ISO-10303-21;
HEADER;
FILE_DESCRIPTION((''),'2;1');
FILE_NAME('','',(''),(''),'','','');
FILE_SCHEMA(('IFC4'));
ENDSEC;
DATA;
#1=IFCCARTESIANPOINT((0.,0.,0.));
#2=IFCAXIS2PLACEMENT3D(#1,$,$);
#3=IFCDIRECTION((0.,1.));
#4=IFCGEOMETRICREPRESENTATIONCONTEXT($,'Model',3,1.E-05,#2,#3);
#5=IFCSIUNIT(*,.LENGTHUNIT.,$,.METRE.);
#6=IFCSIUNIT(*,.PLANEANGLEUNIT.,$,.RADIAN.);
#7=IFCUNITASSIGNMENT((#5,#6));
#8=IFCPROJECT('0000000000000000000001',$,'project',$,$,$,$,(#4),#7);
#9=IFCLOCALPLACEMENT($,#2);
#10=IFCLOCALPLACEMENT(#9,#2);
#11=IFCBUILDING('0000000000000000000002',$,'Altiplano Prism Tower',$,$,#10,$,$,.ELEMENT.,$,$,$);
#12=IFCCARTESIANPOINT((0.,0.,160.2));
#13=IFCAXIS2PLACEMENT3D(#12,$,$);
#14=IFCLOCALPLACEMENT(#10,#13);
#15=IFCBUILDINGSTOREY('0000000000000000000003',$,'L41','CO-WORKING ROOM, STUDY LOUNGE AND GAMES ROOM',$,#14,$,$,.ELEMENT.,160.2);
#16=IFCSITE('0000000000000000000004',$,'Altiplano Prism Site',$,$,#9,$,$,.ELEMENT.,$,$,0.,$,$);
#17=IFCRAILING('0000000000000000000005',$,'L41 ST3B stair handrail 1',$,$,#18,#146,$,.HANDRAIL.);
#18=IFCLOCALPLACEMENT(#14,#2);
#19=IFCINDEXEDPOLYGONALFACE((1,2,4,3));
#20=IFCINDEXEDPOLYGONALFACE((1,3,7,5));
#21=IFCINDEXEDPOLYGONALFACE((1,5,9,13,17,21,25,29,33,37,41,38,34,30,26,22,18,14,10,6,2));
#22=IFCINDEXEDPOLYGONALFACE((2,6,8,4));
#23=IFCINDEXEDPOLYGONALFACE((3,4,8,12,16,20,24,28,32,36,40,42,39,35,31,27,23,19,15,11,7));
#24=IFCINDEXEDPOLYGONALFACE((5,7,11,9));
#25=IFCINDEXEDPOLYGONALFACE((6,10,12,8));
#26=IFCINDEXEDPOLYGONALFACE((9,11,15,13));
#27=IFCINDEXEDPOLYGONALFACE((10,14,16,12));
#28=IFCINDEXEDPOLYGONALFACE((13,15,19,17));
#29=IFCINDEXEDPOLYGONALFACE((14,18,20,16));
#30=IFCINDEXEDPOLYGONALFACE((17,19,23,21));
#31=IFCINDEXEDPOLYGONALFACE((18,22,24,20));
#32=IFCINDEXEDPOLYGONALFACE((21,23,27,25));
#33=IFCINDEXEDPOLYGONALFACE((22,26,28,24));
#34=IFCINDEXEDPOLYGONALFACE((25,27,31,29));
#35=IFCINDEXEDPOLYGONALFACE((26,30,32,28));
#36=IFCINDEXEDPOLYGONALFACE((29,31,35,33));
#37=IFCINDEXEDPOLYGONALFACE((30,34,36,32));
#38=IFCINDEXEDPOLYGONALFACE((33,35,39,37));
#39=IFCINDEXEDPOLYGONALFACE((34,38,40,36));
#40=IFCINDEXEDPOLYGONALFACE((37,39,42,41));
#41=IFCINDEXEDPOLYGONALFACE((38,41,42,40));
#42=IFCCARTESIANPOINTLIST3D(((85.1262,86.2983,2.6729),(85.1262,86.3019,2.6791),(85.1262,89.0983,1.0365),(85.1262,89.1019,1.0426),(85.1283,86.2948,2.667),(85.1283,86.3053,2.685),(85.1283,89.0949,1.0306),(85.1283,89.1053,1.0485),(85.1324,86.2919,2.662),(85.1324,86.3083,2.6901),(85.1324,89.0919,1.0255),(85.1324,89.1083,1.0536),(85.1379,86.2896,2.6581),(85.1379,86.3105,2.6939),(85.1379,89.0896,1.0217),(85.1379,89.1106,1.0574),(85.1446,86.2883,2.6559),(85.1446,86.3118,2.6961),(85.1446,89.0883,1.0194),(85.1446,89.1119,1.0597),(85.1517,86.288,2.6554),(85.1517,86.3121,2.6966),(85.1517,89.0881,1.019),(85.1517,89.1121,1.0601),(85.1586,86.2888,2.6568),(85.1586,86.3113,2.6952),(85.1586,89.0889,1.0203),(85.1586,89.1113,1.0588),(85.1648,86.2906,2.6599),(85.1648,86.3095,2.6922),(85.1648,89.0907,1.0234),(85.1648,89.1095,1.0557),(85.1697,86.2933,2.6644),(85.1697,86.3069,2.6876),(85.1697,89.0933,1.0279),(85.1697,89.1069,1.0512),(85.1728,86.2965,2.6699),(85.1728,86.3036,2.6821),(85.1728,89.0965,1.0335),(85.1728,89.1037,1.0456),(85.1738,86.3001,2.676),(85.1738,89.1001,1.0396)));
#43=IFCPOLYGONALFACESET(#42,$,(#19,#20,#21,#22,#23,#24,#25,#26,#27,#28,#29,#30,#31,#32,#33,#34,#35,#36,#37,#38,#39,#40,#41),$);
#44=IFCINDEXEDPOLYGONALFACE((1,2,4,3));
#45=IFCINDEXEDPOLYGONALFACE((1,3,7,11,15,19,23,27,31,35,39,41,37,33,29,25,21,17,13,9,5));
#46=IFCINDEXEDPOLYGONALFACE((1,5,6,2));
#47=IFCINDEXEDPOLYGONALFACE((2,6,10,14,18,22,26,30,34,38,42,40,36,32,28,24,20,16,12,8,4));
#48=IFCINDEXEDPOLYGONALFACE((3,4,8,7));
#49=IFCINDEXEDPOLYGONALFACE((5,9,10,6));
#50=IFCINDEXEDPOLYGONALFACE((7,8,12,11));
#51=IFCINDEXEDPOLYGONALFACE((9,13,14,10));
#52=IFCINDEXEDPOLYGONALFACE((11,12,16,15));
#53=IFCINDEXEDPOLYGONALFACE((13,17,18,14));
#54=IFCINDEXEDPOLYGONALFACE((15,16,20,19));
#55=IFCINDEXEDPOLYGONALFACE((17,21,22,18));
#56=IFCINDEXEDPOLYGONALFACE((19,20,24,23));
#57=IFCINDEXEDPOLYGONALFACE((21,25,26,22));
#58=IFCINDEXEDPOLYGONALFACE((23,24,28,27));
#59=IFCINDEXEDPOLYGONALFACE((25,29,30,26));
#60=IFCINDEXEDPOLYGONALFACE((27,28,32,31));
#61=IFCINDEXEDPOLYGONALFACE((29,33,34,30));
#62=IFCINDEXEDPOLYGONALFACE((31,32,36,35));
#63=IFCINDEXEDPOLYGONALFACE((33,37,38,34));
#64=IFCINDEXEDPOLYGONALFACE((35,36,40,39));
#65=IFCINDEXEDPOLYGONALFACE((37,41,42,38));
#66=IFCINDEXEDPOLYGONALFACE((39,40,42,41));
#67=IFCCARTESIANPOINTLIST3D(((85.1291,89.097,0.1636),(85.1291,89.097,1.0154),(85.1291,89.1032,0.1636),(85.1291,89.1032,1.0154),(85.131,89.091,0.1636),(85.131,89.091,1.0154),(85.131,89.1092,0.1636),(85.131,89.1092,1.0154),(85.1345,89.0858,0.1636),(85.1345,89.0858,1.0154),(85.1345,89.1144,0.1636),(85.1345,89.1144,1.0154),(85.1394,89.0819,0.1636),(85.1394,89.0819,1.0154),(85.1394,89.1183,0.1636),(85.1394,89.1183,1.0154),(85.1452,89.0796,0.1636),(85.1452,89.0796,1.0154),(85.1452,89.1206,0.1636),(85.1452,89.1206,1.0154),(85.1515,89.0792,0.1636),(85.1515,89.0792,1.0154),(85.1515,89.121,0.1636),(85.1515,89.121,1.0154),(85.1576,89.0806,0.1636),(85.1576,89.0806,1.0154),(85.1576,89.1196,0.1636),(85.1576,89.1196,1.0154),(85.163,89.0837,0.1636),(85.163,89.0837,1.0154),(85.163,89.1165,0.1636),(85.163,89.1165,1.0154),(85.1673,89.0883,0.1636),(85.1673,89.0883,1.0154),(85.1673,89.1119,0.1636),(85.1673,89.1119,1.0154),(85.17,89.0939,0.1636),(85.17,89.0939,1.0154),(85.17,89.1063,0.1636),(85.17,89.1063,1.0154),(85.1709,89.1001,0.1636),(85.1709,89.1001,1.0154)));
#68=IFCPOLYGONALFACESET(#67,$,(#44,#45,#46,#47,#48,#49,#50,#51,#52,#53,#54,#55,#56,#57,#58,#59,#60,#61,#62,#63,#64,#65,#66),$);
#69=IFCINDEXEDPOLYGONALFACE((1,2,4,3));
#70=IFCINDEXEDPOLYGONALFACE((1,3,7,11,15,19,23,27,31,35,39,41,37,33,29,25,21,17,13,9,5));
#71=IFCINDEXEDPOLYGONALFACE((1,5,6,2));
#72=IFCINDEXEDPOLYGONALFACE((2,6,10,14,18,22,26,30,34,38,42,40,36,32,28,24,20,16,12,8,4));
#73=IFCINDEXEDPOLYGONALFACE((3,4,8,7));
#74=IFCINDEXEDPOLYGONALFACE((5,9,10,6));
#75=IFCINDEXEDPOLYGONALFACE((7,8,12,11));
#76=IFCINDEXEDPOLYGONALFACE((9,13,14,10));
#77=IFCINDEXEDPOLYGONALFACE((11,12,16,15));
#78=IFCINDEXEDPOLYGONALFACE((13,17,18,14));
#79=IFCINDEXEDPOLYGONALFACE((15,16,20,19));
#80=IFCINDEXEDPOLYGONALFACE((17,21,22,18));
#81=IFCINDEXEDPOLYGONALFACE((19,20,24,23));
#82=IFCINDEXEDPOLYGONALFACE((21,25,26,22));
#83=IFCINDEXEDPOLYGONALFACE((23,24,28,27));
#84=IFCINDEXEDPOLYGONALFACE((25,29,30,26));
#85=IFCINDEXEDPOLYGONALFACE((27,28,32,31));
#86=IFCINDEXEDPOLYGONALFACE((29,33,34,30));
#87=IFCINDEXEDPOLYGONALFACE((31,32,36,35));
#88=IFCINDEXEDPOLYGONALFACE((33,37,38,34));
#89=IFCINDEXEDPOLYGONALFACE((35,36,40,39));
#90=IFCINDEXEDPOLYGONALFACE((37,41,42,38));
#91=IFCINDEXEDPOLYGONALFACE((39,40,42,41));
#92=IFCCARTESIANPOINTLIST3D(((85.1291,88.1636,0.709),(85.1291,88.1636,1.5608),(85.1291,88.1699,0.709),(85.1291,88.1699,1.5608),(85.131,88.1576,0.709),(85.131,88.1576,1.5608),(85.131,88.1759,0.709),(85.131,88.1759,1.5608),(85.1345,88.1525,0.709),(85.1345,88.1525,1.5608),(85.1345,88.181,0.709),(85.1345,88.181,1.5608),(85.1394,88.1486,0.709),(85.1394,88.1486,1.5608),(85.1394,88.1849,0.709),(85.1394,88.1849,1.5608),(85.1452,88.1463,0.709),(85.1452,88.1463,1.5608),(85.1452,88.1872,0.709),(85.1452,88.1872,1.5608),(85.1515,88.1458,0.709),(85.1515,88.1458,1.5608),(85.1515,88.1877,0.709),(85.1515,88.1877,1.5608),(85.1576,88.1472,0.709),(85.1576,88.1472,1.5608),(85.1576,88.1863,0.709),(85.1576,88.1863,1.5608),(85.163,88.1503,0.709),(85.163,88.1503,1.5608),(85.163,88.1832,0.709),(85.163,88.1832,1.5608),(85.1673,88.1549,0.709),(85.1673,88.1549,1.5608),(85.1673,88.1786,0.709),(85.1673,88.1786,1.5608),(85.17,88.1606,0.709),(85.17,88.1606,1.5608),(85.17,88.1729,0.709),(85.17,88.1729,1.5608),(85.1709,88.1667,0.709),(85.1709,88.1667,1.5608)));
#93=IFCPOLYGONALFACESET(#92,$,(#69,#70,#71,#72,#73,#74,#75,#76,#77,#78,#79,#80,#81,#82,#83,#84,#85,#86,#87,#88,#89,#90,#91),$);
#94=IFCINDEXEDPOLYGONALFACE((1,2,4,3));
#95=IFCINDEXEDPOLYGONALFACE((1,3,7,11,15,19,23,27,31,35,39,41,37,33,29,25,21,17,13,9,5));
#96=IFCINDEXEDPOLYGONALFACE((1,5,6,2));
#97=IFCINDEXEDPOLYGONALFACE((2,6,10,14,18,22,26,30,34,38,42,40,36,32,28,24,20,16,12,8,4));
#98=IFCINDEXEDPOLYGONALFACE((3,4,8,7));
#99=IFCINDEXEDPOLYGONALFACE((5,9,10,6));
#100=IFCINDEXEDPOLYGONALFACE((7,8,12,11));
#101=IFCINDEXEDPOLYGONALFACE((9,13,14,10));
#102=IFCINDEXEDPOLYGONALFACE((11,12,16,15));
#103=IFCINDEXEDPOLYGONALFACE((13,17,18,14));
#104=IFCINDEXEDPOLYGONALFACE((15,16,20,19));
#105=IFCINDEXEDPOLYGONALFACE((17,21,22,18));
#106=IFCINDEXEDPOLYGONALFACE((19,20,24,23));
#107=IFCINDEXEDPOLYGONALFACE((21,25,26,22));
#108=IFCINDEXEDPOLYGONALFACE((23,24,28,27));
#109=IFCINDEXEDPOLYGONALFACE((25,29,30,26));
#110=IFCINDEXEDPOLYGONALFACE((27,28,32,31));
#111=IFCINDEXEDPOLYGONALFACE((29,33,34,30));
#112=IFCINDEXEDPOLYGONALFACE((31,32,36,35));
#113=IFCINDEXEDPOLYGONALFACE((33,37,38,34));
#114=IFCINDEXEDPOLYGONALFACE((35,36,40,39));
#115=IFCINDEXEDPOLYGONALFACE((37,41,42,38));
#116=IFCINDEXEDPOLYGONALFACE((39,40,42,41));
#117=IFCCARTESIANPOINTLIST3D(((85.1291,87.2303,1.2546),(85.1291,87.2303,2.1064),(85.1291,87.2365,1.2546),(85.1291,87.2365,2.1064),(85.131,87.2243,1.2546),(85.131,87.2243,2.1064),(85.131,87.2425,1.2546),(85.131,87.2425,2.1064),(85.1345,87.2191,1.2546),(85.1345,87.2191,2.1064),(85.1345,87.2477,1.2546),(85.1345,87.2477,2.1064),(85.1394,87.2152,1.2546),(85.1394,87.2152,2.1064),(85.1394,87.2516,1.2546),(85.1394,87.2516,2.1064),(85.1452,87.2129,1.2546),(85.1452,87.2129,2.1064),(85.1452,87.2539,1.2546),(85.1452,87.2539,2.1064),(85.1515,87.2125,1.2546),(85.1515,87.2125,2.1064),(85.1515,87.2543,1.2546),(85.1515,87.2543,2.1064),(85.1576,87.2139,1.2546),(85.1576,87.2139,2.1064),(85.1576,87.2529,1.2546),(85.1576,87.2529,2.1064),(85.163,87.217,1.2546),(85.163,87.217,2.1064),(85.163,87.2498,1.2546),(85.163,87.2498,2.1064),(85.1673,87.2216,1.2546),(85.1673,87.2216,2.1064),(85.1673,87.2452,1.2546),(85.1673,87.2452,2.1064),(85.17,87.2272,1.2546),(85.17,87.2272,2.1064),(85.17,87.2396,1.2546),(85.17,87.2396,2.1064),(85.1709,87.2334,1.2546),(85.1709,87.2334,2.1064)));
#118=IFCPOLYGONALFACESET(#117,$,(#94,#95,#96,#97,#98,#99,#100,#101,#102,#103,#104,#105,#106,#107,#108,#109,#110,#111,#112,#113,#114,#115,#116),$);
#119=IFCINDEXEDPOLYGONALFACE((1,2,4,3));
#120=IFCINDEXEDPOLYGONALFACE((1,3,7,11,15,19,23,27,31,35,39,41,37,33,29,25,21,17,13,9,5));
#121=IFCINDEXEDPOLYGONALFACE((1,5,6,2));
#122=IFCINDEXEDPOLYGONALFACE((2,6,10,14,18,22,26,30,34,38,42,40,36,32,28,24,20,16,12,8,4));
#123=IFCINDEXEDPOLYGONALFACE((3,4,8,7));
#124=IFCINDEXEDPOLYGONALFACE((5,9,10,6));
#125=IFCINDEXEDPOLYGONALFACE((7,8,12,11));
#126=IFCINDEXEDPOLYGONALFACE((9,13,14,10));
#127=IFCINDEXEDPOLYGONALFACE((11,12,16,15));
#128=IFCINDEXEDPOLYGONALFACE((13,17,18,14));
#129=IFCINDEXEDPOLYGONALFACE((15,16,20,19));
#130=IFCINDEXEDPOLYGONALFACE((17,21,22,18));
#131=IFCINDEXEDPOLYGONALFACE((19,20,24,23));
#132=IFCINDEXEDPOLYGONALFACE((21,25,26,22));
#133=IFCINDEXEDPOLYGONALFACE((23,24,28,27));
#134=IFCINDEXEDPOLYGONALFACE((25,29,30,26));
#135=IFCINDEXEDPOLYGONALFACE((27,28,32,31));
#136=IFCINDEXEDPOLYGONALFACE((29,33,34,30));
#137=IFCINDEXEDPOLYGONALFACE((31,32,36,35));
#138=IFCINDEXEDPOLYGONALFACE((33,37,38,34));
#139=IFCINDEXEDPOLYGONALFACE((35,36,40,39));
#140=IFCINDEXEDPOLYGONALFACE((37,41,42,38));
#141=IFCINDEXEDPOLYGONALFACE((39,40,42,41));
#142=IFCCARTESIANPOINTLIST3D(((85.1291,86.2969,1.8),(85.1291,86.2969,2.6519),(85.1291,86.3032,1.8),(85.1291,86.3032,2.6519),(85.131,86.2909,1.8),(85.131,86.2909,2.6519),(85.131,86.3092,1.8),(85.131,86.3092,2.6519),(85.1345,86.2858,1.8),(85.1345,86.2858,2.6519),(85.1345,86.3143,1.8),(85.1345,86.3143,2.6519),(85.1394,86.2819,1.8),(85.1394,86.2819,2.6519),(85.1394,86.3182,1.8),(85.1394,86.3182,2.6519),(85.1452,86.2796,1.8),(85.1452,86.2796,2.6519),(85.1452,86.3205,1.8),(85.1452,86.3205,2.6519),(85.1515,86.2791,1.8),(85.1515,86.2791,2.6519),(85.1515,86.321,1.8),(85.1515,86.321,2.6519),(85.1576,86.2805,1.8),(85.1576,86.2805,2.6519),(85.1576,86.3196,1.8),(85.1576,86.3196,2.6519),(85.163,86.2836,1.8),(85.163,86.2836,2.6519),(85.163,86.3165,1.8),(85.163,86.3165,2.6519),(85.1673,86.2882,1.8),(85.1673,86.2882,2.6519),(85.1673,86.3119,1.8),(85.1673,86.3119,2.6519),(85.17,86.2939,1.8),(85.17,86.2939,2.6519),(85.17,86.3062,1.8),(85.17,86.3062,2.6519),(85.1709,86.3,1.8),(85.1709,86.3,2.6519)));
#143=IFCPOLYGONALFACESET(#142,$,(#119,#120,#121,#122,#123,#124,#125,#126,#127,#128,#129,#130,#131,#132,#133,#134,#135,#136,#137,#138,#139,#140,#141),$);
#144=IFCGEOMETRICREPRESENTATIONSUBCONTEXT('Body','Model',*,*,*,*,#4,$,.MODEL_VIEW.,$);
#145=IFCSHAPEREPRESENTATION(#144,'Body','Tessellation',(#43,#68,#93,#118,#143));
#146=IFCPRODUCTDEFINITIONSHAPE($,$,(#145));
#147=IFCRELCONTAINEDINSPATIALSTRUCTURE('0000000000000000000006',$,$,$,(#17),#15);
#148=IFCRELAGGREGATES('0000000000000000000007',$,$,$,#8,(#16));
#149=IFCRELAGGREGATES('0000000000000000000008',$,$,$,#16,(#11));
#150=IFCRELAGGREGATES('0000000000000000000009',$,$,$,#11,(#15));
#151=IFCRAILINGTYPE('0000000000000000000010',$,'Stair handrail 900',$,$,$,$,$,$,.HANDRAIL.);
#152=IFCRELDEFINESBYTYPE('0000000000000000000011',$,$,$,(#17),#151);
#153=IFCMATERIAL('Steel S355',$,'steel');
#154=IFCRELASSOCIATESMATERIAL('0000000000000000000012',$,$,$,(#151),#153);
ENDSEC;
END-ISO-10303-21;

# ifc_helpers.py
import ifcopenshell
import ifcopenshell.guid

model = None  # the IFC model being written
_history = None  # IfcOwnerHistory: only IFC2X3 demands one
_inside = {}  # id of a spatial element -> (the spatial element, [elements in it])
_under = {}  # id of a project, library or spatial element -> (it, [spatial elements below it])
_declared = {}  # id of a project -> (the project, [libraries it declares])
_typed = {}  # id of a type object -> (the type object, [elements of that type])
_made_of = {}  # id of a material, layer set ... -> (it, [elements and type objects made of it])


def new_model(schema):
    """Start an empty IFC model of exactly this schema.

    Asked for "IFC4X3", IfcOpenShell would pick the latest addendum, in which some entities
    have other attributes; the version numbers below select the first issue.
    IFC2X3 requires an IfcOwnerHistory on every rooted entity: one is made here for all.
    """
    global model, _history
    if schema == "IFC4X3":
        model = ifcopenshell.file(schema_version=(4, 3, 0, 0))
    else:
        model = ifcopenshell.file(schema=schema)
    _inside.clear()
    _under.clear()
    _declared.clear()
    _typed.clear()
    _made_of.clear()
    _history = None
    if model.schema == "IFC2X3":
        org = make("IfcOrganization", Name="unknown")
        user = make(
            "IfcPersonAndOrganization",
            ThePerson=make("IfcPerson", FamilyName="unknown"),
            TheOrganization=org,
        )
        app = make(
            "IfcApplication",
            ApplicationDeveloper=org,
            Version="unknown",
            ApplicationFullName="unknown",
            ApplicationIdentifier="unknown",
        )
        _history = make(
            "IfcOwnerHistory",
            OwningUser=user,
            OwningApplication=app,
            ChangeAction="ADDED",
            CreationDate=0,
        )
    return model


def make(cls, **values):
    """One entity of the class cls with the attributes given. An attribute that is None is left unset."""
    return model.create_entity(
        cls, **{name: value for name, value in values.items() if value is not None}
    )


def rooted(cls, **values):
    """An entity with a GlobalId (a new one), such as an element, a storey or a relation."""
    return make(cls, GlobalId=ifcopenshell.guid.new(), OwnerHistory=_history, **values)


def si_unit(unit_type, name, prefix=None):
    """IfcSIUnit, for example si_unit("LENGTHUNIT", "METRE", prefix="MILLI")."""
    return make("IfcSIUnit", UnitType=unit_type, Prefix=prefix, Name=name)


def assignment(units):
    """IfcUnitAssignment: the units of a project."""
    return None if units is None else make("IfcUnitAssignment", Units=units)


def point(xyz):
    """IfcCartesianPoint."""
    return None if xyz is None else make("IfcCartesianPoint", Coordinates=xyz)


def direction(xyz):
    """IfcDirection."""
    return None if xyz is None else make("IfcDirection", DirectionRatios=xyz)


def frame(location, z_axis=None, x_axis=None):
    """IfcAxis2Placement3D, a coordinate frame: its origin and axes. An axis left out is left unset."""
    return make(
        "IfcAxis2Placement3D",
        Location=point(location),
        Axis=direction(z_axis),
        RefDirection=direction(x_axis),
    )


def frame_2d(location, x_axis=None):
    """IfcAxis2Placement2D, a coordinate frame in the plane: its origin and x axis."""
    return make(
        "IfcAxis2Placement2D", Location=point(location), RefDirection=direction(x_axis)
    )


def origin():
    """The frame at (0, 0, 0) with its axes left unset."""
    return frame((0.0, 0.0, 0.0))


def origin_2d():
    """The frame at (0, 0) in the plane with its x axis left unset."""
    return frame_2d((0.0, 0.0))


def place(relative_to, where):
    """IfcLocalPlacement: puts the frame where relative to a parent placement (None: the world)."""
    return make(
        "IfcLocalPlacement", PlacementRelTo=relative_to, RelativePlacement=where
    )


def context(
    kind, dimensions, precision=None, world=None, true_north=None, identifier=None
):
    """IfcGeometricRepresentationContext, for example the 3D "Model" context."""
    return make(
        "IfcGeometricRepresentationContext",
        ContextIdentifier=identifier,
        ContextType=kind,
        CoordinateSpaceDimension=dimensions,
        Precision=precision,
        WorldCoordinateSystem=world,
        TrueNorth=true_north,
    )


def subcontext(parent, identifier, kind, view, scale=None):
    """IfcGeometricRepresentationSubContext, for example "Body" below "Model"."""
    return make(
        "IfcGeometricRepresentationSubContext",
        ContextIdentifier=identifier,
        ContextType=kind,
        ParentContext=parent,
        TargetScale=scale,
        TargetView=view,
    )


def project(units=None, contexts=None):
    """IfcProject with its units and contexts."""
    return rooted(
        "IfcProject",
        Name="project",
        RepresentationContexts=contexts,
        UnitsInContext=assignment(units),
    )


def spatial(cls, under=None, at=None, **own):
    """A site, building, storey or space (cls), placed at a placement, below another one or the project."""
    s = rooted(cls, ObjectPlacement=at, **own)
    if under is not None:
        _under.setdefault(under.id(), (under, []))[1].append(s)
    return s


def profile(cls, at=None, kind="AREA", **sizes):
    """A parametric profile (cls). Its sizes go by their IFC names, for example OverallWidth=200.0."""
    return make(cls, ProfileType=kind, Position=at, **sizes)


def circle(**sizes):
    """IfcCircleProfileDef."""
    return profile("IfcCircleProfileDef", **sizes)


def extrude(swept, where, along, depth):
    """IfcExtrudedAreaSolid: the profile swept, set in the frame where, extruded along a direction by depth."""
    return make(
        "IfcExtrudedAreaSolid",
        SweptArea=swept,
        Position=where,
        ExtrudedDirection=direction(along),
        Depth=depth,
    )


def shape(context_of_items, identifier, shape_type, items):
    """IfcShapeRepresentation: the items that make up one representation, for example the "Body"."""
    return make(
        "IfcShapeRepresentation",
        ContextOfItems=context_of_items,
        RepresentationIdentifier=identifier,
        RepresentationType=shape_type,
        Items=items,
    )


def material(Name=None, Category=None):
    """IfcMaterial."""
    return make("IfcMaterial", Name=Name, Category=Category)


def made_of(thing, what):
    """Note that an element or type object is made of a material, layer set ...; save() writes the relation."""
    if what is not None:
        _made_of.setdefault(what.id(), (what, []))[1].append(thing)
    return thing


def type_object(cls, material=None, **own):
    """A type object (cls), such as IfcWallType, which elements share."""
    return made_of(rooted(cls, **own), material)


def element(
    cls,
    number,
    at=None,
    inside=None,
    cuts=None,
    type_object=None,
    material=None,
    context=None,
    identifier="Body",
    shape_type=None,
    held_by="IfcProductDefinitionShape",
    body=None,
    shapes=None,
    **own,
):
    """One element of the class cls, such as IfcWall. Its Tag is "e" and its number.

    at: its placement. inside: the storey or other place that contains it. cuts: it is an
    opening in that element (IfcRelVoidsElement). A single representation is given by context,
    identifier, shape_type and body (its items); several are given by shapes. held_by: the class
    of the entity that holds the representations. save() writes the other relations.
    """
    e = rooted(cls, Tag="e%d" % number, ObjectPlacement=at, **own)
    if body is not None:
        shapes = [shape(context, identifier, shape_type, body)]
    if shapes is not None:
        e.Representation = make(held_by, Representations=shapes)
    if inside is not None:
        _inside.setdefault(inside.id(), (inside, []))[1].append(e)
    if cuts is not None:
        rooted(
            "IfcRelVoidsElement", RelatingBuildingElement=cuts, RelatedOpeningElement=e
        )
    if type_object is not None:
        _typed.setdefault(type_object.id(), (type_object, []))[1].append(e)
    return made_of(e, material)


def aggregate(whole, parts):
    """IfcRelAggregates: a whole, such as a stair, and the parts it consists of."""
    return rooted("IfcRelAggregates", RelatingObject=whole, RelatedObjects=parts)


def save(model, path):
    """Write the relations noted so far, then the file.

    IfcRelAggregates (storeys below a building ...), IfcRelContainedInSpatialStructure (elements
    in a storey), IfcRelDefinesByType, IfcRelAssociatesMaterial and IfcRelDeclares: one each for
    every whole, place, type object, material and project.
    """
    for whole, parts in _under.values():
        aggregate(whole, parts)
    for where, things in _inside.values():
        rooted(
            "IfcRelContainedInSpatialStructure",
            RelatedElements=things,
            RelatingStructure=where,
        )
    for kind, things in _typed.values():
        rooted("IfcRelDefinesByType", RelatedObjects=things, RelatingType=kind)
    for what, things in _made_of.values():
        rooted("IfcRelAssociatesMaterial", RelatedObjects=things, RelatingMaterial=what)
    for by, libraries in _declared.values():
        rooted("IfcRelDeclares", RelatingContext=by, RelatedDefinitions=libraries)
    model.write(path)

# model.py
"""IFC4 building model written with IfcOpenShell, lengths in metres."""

from ifc_helpers import new_model, si_unit, direction, frame, origin, origin_2d, place, context, subcontext, project, spatial, circle, extrude, material, type_object, element, save


model = new_model("IFC4")

# Units and contexts
model_context = context("Model", 3, precision=1e-05, world=origin(), true_north=direction((0.0, 1.0)))
body_context = subcontext(model_context, "Body", "Model", "MODEL_VIEW")
ifc_project = project(units=[si_unit("LENGTHUNIT", "METRE"), si_unit("PLANEANGLEUNIT", "RADIAN")], contexts=[model_context])

# Site, building, storey
site_placement = place(None, origin())
site = spatial("IfcSite", under=ifc_project, at=site_placement, Name="Altiplano Prism Site", CompositionType="ELEMENT", RefElevation=0.0)
building_placement = place(site_placement, origin())
building = spatial("IfcBuilding", under=site, at=building_placement, Name="Altiplano Prism Tower", CompositionType="ELEMENT")
storey_placement = place(building_placement, frame((0.0, 0.0, 160.2)))
storey = spatial("IfcBuildingStorey", under=building, at=storey_placement, Name="L41", Description="CO-WORKING ROOM, STUDY LOUNGE AND GAMES ROOM", CompositionType="ELEMENT", Elevation=160.2)

# Railing
ifc_material_1 = material(Name="Steel S355", Category="steel")
railing_type_1 = type_object("IfcRailingType", Name="Stair handrail 900", PredefinedType="HANDRAIL", material=ifc_material_1)
railing_1_placement = place(storey_placement, frame((85.1499, 89.1001, 0.1636)))
element("IfcRailing", 1, at=railing_1_placement, inside=storey, type_object=railing_type_1, Name="L41 ST3B stair handrail 1", PredefinedType="HANDRAIL", context=body_context, shape_type="SweptSolid", body=[
    extrude(circle(Radius=0.0239, at=origin_2d()), frame((0.0, 0.0, 0.876), z_axis=(0.0, -0.863361, 0.504587), x_axis=(1.0, 0.0, 0.0)), (0.0, 0.0, 1.0), 3.2432),
    extrude(circle(Radius=0.021, at=origin_2d()), origin(), (0.0, 0.0, 1.0), 0.8518),
    extrude(circle(Radius=0.021, at=origin_2d()), frame((0.0, -0.9333, 0.5454)), (0.0, 0.0, 1.0), 0.8518),
    extrude(circle(Radius=0.021, at=origin_2d()), frame((0.0, -1.8667, 1.0911)), (0.0, 0.0, 1.0), 0.8518),
    extrude(circle(Radius=0.021, at=origin_2d()), frame((0.0, -2.8, 1.6365)), (0.0, 0.0, 1.0), 0.8518),
])

save(model, "model.ifc")
